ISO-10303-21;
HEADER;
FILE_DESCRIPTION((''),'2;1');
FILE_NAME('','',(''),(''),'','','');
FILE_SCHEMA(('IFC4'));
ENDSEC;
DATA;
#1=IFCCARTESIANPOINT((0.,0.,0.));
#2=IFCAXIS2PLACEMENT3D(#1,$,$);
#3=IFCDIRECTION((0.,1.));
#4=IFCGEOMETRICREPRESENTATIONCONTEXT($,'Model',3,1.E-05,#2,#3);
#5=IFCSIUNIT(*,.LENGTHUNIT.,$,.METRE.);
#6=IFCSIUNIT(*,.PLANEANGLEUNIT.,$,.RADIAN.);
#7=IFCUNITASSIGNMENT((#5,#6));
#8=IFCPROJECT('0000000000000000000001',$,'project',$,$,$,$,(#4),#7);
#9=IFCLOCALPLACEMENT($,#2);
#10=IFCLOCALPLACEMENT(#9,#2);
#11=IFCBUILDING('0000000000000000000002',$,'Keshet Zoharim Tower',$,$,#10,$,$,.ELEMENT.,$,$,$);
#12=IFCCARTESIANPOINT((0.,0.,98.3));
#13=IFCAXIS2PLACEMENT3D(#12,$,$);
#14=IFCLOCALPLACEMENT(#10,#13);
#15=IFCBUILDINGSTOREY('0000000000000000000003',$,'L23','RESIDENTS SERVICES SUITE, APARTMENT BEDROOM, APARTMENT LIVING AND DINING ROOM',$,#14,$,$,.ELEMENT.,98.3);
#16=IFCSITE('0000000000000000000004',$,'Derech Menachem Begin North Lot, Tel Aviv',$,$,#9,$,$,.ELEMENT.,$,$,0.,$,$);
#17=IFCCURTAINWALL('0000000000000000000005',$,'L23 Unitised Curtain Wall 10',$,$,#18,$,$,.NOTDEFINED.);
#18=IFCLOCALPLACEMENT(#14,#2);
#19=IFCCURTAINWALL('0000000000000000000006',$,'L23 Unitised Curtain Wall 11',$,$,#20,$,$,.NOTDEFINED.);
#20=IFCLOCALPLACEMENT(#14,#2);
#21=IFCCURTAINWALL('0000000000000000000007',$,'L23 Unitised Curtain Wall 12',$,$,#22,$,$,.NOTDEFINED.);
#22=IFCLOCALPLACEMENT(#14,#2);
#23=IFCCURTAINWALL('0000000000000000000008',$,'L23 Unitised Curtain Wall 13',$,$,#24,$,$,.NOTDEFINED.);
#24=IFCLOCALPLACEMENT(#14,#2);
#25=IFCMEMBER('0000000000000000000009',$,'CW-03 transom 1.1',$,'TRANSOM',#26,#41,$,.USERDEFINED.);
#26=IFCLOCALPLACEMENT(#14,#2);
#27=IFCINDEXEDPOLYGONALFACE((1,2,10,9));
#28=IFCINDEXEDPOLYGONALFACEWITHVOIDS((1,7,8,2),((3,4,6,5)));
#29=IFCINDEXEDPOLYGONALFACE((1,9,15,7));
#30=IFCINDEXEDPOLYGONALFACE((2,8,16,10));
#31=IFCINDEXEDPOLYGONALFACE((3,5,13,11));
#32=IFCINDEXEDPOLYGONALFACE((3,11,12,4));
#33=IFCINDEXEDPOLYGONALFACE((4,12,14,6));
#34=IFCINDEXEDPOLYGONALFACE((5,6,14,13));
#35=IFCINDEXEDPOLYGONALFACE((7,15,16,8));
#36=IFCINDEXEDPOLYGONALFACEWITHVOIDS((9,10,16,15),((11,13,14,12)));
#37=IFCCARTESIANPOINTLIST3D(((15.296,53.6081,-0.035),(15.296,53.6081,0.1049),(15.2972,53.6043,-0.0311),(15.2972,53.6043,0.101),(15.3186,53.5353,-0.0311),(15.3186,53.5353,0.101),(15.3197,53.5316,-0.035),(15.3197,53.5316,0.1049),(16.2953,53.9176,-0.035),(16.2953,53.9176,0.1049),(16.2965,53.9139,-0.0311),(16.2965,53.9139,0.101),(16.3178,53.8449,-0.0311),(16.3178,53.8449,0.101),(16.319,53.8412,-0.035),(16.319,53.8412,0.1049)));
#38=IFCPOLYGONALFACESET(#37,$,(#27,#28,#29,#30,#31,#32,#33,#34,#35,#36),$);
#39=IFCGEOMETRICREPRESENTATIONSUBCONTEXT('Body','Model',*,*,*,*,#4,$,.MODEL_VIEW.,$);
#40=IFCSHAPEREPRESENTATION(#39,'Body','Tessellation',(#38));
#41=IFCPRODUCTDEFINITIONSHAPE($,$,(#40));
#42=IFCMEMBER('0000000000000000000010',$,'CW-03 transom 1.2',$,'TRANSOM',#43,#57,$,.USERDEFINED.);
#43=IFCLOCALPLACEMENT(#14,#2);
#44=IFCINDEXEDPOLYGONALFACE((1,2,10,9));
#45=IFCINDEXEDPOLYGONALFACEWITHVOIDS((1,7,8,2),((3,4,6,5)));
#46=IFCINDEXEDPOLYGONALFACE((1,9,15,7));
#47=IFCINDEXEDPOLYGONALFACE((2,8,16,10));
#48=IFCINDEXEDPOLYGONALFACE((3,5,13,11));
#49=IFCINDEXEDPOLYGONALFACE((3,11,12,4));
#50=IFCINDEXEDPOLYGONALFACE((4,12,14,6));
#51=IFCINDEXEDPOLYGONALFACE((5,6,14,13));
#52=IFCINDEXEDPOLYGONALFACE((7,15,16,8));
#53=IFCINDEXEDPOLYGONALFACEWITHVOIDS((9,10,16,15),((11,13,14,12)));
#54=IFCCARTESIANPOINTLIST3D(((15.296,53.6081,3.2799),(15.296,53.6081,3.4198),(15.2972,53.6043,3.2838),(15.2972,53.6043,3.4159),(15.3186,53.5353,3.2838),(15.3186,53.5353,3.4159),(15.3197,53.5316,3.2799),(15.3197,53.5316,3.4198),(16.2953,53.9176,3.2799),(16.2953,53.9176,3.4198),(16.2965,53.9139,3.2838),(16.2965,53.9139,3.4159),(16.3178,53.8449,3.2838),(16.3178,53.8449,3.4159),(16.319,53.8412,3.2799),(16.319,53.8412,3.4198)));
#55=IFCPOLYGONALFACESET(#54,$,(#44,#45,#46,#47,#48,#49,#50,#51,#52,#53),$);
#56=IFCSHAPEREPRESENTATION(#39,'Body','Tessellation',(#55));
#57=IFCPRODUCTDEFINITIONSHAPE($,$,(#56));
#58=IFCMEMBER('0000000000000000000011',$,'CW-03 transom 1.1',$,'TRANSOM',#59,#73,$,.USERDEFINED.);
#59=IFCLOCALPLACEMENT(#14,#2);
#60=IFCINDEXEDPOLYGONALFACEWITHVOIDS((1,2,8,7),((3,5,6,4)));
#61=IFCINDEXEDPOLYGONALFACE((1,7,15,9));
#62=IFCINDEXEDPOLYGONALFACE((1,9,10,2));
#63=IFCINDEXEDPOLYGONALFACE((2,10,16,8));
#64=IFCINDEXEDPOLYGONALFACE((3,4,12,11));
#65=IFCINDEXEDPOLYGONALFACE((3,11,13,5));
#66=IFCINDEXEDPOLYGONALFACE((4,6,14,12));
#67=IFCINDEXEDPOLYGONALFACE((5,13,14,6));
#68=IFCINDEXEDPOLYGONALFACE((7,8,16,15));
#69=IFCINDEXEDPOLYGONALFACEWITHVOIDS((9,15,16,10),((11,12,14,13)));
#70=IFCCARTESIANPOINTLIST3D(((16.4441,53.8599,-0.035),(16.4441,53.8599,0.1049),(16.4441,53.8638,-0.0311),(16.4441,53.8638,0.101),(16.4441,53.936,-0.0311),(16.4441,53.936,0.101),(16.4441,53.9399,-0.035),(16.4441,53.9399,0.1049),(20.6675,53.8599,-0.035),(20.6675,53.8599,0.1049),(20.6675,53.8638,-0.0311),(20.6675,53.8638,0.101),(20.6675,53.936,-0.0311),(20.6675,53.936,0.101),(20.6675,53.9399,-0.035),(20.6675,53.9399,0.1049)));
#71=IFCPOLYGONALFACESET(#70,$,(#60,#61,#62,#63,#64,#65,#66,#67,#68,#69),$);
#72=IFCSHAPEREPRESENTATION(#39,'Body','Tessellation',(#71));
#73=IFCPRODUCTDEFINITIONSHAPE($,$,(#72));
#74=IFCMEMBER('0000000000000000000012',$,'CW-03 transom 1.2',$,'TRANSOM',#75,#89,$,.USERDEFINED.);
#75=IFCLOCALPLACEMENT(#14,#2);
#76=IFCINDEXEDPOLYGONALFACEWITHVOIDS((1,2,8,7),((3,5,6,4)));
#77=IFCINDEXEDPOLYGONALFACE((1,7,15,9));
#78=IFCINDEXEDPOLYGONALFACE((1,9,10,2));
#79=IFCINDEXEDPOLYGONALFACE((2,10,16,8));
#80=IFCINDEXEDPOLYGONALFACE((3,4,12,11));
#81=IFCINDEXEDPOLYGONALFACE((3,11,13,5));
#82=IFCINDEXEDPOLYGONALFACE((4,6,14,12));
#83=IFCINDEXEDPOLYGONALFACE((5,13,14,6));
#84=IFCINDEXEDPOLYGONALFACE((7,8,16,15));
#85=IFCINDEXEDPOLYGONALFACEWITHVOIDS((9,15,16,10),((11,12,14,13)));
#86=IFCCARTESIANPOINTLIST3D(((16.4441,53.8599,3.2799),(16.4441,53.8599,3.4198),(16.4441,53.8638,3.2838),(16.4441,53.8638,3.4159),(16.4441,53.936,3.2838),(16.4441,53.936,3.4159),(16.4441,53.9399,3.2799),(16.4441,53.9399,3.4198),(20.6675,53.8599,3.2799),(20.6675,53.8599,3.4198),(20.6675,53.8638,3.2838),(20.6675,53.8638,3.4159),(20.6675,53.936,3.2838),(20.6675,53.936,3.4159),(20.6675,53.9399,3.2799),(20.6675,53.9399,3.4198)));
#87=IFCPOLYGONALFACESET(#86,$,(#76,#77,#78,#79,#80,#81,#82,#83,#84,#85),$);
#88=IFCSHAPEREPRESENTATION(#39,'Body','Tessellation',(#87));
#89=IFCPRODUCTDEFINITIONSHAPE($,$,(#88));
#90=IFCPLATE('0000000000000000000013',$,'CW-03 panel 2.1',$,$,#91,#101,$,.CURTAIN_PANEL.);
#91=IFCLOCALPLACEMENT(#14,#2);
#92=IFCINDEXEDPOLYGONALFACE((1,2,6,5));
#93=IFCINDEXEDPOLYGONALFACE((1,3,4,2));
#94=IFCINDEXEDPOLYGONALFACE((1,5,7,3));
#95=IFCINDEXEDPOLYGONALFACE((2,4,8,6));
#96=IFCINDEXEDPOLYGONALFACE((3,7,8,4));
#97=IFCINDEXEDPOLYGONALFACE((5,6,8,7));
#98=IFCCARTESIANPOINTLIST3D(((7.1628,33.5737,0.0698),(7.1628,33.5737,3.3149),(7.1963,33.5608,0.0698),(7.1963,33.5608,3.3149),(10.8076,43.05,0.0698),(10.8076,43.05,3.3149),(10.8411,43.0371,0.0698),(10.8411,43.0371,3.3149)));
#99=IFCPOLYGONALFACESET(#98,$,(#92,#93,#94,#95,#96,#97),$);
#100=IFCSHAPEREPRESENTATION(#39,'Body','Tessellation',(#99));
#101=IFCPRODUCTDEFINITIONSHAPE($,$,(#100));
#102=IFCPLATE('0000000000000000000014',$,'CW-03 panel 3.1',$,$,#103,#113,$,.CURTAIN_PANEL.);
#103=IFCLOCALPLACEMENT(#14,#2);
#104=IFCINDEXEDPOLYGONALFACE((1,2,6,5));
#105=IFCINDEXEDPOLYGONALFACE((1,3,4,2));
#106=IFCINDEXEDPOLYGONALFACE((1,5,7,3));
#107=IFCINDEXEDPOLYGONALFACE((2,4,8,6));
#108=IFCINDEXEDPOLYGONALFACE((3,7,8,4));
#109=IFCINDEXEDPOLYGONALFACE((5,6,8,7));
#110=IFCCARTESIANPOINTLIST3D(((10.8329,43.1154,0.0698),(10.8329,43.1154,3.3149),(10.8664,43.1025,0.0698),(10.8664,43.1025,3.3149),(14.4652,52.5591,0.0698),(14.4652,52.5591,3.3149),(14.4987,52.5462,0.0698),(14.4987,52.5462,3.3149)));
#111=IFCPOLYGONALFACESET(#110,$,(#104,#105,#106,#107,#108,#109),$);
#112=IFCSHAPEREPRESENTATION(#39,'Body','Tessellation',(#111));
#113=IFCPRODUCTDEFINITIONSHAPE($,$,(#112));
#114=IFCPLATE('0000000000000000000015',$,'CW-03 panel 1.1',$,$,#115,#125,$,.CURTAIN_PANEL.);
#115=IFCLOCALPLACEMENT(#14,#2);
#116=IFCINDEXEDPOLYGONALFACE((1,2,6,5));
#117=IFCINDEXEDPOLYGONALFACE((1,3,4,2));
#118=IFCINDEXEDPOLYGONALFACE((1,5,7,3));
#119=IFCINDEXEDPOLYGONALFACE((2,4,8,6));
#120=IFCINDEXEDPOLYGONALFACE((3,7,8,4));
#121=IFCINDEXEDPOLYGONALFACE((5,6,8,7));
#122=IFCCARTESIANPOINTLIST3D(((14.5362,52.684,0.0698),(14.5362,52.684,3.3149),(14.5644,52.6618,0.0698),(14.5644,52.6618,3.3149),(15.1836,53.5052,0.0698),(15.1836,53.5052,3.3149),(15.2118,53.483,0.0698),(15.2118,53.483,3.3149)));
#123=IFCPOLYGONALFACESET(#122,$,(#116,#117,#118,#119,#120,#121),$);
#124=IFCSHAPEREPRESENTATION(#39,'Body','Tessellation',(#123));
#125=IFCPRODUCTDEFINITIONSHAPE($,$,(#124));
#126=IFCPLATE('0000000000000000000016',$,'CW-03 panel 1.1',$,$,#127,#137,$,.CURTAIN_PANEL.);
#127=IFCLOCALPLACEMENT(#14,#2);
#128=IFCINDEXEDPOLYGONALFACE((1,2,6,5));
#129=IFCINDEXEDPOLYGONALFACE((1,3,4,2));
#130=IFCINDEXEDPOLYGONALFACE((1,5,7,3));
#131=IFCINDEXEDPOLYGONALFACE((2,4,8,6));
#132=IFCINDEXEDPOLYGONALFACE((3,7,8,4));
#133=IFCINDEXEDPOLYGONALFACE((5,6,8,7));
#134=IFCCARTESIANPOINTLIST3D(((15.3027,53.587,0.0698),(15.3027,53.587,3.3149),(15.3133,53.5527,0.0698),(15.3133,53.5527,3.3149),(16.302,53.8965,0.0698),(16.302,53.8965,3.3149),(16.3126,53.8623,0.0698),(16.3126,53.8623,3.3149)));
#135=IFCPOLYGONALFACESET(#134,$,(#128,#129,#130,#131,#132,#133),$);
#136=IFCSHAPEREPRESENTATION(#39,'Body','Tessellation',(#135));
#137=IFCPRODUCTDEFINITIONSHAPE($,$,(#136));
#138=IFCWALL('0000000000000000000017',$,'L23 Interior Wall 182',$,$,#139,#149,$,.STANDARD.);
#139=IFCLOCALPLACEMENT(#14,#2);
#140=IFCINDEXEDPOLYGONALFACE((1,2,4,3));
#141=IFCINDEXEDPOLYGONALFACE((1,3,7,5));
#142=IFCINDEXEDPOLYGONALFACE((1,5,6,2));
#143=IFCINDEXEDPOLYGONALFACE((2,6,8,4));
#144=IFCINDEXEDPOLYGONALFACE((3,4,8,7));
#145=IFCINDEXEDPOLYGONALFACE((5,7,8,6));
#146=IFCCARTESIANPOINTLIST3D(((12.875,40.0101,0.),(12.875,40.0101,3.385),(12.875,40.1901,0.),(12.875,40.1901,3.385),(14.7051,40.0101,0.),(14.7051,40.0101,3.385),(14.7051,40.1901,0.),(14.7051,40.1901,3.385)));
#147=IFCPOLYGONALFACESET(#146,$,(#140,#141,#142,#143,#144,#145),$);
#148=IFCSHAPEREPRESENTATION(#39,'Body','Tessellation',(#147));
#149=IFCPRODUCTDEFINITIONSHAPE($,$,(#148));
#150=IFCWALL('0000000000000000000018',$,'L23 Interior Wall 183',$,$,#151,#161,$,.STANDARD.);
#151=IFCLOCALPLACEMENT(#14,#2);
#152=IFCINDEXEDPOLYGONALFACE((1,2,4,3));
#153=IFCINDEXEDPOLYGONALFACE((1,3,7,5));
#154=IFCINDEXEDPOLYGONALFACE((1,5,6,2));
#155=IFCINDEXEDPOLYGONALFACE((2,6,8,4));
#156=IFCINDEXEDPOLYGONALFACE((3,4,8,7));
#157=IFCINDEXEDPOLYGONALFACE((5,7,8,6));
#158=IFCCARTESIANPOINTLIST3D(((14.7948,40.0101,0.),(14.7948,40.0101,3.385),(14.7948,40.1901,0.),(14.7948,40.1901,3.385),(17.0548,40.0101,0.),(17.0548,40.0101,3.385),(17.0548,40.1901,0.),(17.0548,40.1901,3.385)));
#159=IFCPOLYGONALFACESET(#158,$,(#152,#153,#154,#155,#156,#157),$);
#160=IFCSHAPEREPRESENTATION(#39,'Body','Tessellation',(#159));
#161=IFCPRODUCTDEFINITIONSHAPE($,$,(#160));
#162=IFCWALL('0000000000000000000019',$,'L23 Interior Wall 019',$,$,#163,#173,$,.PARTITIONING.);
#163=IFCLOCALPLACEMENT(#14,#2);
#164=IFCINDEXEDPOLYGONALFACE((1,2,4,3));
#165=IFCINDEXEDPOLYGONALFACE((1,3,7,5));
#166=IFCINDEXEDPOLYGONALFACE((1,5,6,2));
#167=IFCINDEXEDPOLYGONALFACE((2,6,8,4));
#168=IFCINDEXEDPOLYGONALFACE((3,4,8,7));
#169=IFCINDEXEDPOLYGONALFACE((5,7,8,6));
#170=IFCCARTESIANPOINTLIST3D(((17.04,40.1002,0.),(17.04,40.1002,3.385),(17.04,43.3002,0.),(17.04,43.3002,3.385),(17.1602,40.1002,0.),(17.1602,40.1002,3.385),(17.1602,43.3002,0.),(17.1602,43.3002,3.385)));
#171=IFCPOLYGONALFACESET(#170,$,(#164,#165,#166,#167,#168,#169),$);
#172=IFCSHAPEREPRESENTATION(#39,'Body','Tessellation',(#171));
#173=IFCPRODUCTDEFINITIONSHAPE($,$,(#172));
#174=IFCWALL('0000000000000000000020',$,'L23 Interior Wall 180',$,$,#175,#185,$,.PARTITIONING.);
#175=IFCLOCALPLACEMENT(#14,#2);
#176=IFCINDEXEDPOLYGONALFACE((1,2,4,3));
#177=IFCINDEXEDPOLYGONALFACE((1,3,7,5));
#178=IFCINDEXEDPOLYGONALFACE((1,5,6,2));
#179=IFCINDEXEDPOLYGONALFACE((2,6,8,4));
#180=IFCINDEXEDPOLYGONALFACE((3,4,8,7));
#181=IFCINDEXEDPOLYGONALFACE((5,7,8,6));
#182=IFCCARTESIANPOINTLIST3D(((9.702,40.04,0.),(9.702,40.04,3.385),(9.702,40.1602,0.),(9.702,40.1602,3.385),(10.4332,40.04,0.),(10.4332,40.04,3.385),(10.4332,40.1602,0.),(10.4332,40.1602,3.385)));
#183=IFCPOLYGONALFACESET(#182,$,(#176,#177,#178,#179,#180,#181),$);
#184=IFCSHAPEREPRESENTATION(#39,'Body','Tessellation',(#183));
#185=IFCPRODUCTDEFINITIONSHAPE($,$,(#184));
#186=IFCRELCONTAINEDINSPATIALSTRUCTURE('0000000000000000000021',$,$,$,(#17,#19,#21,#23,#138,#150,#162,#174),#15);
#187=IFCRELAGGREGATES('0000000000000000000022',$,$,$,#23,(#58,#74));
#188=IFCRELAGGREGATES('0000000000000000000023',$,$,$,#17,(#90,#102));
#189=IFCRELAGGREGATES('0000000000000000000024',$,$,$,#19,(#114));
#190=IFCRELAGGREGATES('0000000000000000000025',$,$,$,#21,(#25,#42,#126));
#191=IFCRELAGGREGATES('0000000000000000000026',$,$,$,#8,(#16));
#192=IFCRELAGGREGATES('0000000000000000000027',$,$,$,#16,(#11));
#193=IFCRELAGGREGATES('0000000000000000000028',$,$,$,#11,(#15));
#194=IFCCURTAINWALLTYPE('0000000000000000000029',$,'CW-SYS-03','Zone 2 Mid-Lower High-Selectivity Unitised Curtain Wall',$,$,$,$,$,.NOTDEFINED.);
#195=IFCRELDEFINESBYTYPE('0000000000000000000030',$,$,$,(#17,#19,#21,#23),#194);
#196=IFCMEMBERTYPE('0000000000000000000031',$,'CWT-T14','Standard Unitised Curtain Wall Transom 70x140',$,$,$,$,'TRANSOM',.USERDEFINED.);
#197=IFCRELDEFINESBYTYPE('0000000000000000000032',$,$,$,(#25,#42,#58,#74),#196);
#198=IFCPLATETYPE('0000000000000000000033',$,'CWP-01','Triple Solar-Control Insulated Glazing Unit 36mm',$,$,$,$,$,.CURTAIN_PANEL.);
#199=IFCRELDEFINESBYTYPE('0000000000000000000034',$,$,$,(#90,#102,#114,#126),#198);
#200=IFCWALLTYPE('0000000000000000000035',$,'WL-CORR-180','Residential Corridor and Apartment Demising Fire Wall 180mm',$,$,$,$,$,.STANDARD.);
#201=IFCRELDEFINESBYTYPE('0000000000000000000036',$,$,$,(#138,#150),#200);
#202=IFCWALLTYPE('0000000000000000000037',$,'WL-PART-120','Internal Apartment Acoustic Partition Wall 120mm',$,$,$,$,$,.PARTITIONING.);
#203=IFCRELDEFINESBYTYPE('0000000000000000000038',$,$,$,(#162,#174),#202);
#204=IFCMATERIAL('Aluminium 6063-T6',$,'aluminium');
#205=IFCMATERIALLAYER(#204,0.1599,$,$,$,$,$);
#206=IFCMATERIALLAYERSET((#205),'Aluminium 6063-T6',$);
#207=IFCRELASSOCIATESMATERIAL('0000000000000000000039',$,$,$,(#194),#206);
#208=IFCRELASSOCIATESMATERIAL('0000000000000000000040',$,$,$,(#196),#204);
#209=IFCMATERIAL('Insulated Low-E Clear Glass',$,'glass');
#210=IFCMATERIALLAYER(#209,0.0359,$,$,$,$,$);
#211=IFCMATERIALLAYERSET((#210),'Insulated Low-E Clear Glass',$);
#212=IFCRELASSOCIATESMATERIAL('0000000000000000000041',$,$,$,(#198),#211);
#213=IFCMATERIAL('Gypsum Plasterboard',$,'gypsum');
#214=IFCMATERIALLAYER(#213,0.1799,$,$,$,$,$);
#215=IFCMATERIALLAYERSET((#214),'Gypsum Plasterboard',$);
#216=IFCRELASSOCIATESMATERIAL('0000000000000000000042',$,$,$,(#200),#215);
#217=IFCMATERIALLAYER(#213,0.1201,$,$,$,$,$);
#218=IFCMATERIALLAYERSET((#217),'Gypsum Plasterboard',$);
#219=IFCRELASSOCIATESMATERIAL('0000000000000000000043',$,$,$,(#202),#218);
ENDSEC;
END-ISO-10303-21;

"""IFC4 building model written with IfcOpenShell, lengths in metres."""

from ifc_helpers import new_model, si_unit, direction, frame, frame_2d, origin, origin_2d, place, context, subcontext, project, spatial, rectangle, hollow_rectangle, extrude, material, layer, layer_set, material_profile, profile_set, type_object, element, aggregate, save


model = new_model("IFC4")

# Units and contexts
model_context = context("Model", 3, precision=1e-05, world=origin(), true_north=direction((0.0, 1.0)))
body_context = subcontext(model_context, "Body", "Model", "MODEL_VIEW")
ifc_project = project(units=[si_unit("LENGTHUNIT", "METRE"), si_unit("PLANEANGLEUNIT", "RADIAN")], contexts=[model_context])

# Site, building, storey
site_placement = place(None, origin())
site = spatial("IfcSite", under=ifc_project, at=site_placement, Name="Derech Menachem Begin North Lot, Tel Aviv", CompositionType="ELEMENT", RefElevation=0.0)
building_placement = place(site_placement, origin())
building = spatial("IfcBuilding", under=site, at=building_placement, Name="Keshet Zoharim Tower", CompositionType="ELEMENT")
storey_placement = place(building_placement, frame((0.0, 0.0, 98.3)))
storey = spatial("IfcBuildingStorey", under=building, at=storey_placement, Name="L23", Description="RESIDENTS SERVICES SUITE, APARTMENT BEDROOM, APARTMENT LIVING AND DINING ROOM", CompositionType="ELEMENT", Elevation=98.3)

# Curtain walls
ifc_material_1 = material(Name="Aluminium 6063-T6", Category="aluminium")
ifc_layer_1 = layer(ifc_material_1, 0.1599)
ifc_layer_set_1 = layer_set([ifc_layer_1], Name="Aluminium 6063-T6")
curtain_wall_type = type_object("IfcCurtainWallType", Name="CW-SYS-03", Description="Zone 2 Mid-Lower High-Selectivity Unitised Curtain Wall", PredefinedType="NOTDEFINED", material=ifc_layer_set_1)
curtain_wall_1_placement = place(storey_placement, origin())
curtain_wall_1 = element("IfcCurtainWall", 1, at=curtain_wall_1_placement, inside=storey, type_object=curtain_wall_type, Name="L23 Unitised Curtain Wall 10", PredefinedType="NOTDEFINED")
curtain_wall_2_placement = place(storey_placement, origin())
curtain_wall_2 = element("IfcCurtainWall", 2, at=curtain_wall_2_placement, inside=storey, type_object=curtain_wall_type, Name="L23 Unitised Curtain Wall 11", PredefinedType="NOTDEFINED")
curtain_wall_3_placement = place(storey_placement, origin())
curtain_wall_3 = element("IfcCurtainWall", 3, at=curtain_wall_3_placement, inside=storey, type_object=curtain_wall_type, Name="L23 Unitised Curtain Wall 12", PredefinedType="NOTDEFINED")

# Curtain wall
curtain_wall_4_placement = place(storey_placement, origin())
curtain_wall_4 = element("IfcCurtainWall", 4, at=curtain_wall_4_placement, inside=storey, type_object=curtain_wall_type, Name="L23 Unitised Curtain Wall 13", PredefinedType="NOTDEFINED")

# Members
ifc_material_profile_1 = material_profile(ifc_material_1, hollow_rectangle(XDim=0.0801, YDim=0.1399, WallThickness=0.0039, at=origin_2d()), Name="TRN-80x140")
ifc_profile_set_1 = profile_set([ifc_material_profile_1], Name="Aluminium 6063-T6")
member_type_1 = type_object("IfcMemberType", Name="CWT-T14", Description="Standard Unitised Curtain Wall Transom 70x140", ElementType="TRANSOM", PredefinedType="USERDEFINED", material=ifc_profile_set_1)
member_1_placement = place(storey_placement, frame((15.3079, 53.5698, 0.0349), z_axis=(0.955212, 0.295922, 0.0), x_axis=(-0.295922, 0.955212, 0.0)))
member_1 = element("IfcMember", 5, at=member_1_placement, type_object=member_type_1, Name="CW-03 transom 1.1", ObjectType="TRANSOM", PredefinedType="USERDEFINED", context=body_context, shape_type="SweptSolid", body=[
    extrude(hollow_rectangle(XDim=0.0801, YDim=0.1399, WallThickness=0.0039, at=origin_2d()), origin(), (0.0, 0.0, 1.0), 1.0461),
])
member_2_placement = place(storey_placement, frame((15.3079, 53.5698, 3.3499), z_axis=(0.955212, 0.295922, 0.0), x_axis=(-0.295922, 0.955212, 0.0)))
member_2 = element("IfcMember", 6, at=member_2_placement, type_object=member_type_1, Name="CW-03 transom 1.2", ObjectType="TRANSOM", PredefinedType="USERDEFINED", context=body_context, shape_type="SweptSolid", body=[
    extrude(hollow_rectangle(XDim=0.0801, YDim=0.1399, WallThickness=0.0039, at=origin_2d()), origin(), (0.0, 0.0, 1.0), 1.0461),
])
member_3_placement = place(storey_placement, frame((16.4441, 53.8999, 0.0349), z_axis=(1.0, 0.0, 0.0), x_axis=(0.0, 1.0, 0.0)))
member_3 = element("IfcMember", 7, at=member_3_placement, type_object=member_type_1, Name="CW-03 transom 1.1", ObjectType="TRANSOM", PredefinedType="USERDEFINED", context=body_context, shape_type="SweptSolid", body=[
    extrude(hollow_rectangle(XDim=0.0801, YDim=0.1399, WallThickness=0.0039, at=origin_2d()), origin(), (0.0, 0.0, 1.0), 4.2234),
])
member_4_placement = place(storey_placement, frame((16.4441, 53.8999, 3.3499), z_axis=(1.0, 0.0, 0.0), x_axis=(0.0, 1.0, 0.0)))
member_4 = element("IfcMember", 8, at=member_4_placement, type_object=member_type_1, Name="CW-03 transom 1.2", ObjectType="TRANSOM", PredefinedType="USERDEFINED", context=body_context, shape_type="SweptSolid", body=[
    extrude(hollow_rectangle(XDim=0.0801, YDim=0.1399, WallThickness=0.0039, at=origin_2d()), origin(), (0.0, 0.0, 1.0), 4.2234),
])
aggregate(curtain_wall_4, [member_3, member_4])

# Plates
ifc_material_2 = material(Name="Insulated Low-E Clear Glass", Category="glass")
ifc_layer_2 = layer(ifc_material_2, 0.0359)
ifc_layer_set_2 = layer_set([ifc_layer_2], Name="Insulated Low-E Clear Glass")
plate_type = type_object("IfcPlateType", Name="CWP-01", Description="Triple Solar-Control Insulated Glazing Unit 36mm", PredefinedType="CURTAIN_PANEL", material=ifc_layer_set_2)
plate_1_placement = place(storey_placement, frame((9.002, 38.3054, 0.0698), z_axis=(0.0, 0.0, 1.0), x_axis=(0.35899, 0.933341, 0.0)))
plate_1 = element("IfcPlate", 9, at=plate_1_placement, type_object=plate_type, Name="CW-03 panel 2.1", PredefinedType="CURTAIN_PANEL", context=body_context, shape_type="SweptSolid", body=[
    extrude(rectangle(XDim=10.1531, YDim=0.0359, at=origin_2d()), origin(), (0.0, 0.0, 1.0), 3.2451),
])
plate_2_placement = place(storey_placement, frame((12.6658, 47.8308, 0.0698), z_axis=(0.0, 0.0, 1.0), x_axis=(0.35899, 0.933341, 0.0)))
plate_2 = element("IfcPlate", 10, at=plate_2_placement, type_object=plate_type, Name="CW-03 panel 3.1", PredefinedType="CURTAIN_PANEL", context=body_context, shape_type="SweptSolid", body=[
    extrude(rectangle(XDim=10.1182, YDim=0.0359, at=origin_2d()), origin(), (0.0, 0.0, 1.0), 3.2451),
])
aggregate(curtain_wall_1, [plate_1, plate_2])
plate_3_placement = place(storey_placement, frame((14.874, 53.0835, 0.0698), z_axis=(0.0, 0.0, 1.0), x_axis=(0.619125, 0.785293, 0.0)))
plate_3 = element("IfcPlate", 11, at=plate_3_placement, type_object=plate_type, Name="CW-03 panel 1.1", PredefinedType="CURTAIN_PANEL", context=body_context, shape_type="SweptSolid", body=[
    extrude(rectangle(XDim=1.0457, YDim=0.0359, at=origin_2d()), origin(), (0.0, 0.0, 1.0), 3.2451),
])
aggregate(curtain_wall_2, [plate_3])
plate_4_placement = place(storey_placement, frame((15.8076, 53.7246, 0.0698), z_axis=(0.0, 0.0, 1.0), x_axis=(0.955212, 0.295922, 0.0)))
plate_4 = element("IfcPlate", 12, at=plate_4_placement, type_object=plate_type, Name="CW-03 panel 1.1", PredefinedType="CURTAIN_PANEL", context=body_context, shape_type="SweptSolid", body=[
    extrude(rectangle(XDim=1.0461, YDim=0.0359, at=origin_2d()), origin(), (0.0, 0.0, 1.0), 3.2451),
])
aggregate(curtain_wall_3, [member_1, member_2, plate_4])

# Walls
ifc_material_3 = material(Name="Gypsum Plasterboard", Category="gypsum")
ifc_layer_3 = layer(ifc_material_3, 0.1799)
ifc_layer_set_3 = layer_set([ifc_layer_3], Name="Gypsum Plasterboard")
wall_type_1 = type_object("IfcWallType", Name="WL-CORR-180", Description="Residential Corridor and Apartment Demising Fire Wall 180mm", PredefinedType="STANDARD", material=ifc_layer_set_3)
wall_1_placement = place(storey_placement, frame((12.875, 40.1001, 0.0), z_axis=(0.0, 0.0, 1.0), x_axis=(1.0, 0.0, 0.0)))
element("IfcWall", 13, at=wall_1_placement, inside=storey, type_object=wall_type_1, Name="L23 Interior Wall 182", PredefinedType="STANDARD", context=body_context, shape_type="SweptSolid", body=[
    extrude(rectangle(XDim=1.8301, YDim=0.1799, at=frame_2d((0.915, 0.0))), origin(), (0.0, 0.0, 1.0), 3.385),
])
wall_2_placement = place(storey_placement, frame((14.7949, 40.1001, 0.0), z_axis=(0.0, 0.0, 1.0), x_axis=(1.0, 0.0, 0.0)))
element("IfcWall", 14, at=wall_2_placement, inside=storey, type_object=wall_type_1, Name="L23 Interior Wall 183", PredefinedType="STANDARD", context=body_context, shape_type="SweptSolid", body=[
    extrude(rectangle(XDim=2.26, YDim=0.1799, at=frame_2d((1.1299, 0.0))), origin(), (0.0, 0.0, 1.0), 3.385),
])

# Shared definitions
ifc_layer_4 = layer(ifc_material_3, 0.1201)
ifc_layer_set_4 = layer_set([ifc_layer_4], Name="Gypsum Plasterboard")
wall_type_2 = type_object("IfcWallType", Name="WL-PART-120", Description="Internal Apartment Acoustic Partition Wall 120mm", PredefinedType="PARTITIONING", material=ifc_layer_set_4)

# Walls
wall_3_placement = place(storey_placement, frame((17.1001, 40.1001, 0.0), z_axis=(0.0, 0.0, 1.0), x_axis=(0.0, 1.0, 0.0)))
element("IfcWall", 15, at=wall_3_placement, inside=storey, type_object=wall_type_2, Name="L23 Interior Wall 019", PredefinedType="PARTITIONING", context=body_context, shape_type="SweptSolid", body=[
    extrude(rectangle(XDim=3.2, YDim=0.1201, at=frame_2d((1.6001, 0.0))), origin(), (0.0, 0.0, 1.0), 3.385),
])
wall_4_placement = place(storey_placement, frame((9.7019, 40.1001, 0.0), z_axis=(0.0, 0.0, 1.0), x_axis=(1.0, 0.0, 0.0)))
element("IfcWall", 16, at=wall_4_placement, inside=storey, type_object=wall_type_2, Name="L23 Interior Wall 180", PredefinedType="PARTITIONING", context=body_context, shape_type="SweptSolid", body=[
    extrude(rectangle(XDim=0.7312, YDim=0.1201, at=frame_2d((0.3657, 0.0))), origin(), (0.0, 0.0, 1.0), 3.385),
])

save(model, "model.ifc")
